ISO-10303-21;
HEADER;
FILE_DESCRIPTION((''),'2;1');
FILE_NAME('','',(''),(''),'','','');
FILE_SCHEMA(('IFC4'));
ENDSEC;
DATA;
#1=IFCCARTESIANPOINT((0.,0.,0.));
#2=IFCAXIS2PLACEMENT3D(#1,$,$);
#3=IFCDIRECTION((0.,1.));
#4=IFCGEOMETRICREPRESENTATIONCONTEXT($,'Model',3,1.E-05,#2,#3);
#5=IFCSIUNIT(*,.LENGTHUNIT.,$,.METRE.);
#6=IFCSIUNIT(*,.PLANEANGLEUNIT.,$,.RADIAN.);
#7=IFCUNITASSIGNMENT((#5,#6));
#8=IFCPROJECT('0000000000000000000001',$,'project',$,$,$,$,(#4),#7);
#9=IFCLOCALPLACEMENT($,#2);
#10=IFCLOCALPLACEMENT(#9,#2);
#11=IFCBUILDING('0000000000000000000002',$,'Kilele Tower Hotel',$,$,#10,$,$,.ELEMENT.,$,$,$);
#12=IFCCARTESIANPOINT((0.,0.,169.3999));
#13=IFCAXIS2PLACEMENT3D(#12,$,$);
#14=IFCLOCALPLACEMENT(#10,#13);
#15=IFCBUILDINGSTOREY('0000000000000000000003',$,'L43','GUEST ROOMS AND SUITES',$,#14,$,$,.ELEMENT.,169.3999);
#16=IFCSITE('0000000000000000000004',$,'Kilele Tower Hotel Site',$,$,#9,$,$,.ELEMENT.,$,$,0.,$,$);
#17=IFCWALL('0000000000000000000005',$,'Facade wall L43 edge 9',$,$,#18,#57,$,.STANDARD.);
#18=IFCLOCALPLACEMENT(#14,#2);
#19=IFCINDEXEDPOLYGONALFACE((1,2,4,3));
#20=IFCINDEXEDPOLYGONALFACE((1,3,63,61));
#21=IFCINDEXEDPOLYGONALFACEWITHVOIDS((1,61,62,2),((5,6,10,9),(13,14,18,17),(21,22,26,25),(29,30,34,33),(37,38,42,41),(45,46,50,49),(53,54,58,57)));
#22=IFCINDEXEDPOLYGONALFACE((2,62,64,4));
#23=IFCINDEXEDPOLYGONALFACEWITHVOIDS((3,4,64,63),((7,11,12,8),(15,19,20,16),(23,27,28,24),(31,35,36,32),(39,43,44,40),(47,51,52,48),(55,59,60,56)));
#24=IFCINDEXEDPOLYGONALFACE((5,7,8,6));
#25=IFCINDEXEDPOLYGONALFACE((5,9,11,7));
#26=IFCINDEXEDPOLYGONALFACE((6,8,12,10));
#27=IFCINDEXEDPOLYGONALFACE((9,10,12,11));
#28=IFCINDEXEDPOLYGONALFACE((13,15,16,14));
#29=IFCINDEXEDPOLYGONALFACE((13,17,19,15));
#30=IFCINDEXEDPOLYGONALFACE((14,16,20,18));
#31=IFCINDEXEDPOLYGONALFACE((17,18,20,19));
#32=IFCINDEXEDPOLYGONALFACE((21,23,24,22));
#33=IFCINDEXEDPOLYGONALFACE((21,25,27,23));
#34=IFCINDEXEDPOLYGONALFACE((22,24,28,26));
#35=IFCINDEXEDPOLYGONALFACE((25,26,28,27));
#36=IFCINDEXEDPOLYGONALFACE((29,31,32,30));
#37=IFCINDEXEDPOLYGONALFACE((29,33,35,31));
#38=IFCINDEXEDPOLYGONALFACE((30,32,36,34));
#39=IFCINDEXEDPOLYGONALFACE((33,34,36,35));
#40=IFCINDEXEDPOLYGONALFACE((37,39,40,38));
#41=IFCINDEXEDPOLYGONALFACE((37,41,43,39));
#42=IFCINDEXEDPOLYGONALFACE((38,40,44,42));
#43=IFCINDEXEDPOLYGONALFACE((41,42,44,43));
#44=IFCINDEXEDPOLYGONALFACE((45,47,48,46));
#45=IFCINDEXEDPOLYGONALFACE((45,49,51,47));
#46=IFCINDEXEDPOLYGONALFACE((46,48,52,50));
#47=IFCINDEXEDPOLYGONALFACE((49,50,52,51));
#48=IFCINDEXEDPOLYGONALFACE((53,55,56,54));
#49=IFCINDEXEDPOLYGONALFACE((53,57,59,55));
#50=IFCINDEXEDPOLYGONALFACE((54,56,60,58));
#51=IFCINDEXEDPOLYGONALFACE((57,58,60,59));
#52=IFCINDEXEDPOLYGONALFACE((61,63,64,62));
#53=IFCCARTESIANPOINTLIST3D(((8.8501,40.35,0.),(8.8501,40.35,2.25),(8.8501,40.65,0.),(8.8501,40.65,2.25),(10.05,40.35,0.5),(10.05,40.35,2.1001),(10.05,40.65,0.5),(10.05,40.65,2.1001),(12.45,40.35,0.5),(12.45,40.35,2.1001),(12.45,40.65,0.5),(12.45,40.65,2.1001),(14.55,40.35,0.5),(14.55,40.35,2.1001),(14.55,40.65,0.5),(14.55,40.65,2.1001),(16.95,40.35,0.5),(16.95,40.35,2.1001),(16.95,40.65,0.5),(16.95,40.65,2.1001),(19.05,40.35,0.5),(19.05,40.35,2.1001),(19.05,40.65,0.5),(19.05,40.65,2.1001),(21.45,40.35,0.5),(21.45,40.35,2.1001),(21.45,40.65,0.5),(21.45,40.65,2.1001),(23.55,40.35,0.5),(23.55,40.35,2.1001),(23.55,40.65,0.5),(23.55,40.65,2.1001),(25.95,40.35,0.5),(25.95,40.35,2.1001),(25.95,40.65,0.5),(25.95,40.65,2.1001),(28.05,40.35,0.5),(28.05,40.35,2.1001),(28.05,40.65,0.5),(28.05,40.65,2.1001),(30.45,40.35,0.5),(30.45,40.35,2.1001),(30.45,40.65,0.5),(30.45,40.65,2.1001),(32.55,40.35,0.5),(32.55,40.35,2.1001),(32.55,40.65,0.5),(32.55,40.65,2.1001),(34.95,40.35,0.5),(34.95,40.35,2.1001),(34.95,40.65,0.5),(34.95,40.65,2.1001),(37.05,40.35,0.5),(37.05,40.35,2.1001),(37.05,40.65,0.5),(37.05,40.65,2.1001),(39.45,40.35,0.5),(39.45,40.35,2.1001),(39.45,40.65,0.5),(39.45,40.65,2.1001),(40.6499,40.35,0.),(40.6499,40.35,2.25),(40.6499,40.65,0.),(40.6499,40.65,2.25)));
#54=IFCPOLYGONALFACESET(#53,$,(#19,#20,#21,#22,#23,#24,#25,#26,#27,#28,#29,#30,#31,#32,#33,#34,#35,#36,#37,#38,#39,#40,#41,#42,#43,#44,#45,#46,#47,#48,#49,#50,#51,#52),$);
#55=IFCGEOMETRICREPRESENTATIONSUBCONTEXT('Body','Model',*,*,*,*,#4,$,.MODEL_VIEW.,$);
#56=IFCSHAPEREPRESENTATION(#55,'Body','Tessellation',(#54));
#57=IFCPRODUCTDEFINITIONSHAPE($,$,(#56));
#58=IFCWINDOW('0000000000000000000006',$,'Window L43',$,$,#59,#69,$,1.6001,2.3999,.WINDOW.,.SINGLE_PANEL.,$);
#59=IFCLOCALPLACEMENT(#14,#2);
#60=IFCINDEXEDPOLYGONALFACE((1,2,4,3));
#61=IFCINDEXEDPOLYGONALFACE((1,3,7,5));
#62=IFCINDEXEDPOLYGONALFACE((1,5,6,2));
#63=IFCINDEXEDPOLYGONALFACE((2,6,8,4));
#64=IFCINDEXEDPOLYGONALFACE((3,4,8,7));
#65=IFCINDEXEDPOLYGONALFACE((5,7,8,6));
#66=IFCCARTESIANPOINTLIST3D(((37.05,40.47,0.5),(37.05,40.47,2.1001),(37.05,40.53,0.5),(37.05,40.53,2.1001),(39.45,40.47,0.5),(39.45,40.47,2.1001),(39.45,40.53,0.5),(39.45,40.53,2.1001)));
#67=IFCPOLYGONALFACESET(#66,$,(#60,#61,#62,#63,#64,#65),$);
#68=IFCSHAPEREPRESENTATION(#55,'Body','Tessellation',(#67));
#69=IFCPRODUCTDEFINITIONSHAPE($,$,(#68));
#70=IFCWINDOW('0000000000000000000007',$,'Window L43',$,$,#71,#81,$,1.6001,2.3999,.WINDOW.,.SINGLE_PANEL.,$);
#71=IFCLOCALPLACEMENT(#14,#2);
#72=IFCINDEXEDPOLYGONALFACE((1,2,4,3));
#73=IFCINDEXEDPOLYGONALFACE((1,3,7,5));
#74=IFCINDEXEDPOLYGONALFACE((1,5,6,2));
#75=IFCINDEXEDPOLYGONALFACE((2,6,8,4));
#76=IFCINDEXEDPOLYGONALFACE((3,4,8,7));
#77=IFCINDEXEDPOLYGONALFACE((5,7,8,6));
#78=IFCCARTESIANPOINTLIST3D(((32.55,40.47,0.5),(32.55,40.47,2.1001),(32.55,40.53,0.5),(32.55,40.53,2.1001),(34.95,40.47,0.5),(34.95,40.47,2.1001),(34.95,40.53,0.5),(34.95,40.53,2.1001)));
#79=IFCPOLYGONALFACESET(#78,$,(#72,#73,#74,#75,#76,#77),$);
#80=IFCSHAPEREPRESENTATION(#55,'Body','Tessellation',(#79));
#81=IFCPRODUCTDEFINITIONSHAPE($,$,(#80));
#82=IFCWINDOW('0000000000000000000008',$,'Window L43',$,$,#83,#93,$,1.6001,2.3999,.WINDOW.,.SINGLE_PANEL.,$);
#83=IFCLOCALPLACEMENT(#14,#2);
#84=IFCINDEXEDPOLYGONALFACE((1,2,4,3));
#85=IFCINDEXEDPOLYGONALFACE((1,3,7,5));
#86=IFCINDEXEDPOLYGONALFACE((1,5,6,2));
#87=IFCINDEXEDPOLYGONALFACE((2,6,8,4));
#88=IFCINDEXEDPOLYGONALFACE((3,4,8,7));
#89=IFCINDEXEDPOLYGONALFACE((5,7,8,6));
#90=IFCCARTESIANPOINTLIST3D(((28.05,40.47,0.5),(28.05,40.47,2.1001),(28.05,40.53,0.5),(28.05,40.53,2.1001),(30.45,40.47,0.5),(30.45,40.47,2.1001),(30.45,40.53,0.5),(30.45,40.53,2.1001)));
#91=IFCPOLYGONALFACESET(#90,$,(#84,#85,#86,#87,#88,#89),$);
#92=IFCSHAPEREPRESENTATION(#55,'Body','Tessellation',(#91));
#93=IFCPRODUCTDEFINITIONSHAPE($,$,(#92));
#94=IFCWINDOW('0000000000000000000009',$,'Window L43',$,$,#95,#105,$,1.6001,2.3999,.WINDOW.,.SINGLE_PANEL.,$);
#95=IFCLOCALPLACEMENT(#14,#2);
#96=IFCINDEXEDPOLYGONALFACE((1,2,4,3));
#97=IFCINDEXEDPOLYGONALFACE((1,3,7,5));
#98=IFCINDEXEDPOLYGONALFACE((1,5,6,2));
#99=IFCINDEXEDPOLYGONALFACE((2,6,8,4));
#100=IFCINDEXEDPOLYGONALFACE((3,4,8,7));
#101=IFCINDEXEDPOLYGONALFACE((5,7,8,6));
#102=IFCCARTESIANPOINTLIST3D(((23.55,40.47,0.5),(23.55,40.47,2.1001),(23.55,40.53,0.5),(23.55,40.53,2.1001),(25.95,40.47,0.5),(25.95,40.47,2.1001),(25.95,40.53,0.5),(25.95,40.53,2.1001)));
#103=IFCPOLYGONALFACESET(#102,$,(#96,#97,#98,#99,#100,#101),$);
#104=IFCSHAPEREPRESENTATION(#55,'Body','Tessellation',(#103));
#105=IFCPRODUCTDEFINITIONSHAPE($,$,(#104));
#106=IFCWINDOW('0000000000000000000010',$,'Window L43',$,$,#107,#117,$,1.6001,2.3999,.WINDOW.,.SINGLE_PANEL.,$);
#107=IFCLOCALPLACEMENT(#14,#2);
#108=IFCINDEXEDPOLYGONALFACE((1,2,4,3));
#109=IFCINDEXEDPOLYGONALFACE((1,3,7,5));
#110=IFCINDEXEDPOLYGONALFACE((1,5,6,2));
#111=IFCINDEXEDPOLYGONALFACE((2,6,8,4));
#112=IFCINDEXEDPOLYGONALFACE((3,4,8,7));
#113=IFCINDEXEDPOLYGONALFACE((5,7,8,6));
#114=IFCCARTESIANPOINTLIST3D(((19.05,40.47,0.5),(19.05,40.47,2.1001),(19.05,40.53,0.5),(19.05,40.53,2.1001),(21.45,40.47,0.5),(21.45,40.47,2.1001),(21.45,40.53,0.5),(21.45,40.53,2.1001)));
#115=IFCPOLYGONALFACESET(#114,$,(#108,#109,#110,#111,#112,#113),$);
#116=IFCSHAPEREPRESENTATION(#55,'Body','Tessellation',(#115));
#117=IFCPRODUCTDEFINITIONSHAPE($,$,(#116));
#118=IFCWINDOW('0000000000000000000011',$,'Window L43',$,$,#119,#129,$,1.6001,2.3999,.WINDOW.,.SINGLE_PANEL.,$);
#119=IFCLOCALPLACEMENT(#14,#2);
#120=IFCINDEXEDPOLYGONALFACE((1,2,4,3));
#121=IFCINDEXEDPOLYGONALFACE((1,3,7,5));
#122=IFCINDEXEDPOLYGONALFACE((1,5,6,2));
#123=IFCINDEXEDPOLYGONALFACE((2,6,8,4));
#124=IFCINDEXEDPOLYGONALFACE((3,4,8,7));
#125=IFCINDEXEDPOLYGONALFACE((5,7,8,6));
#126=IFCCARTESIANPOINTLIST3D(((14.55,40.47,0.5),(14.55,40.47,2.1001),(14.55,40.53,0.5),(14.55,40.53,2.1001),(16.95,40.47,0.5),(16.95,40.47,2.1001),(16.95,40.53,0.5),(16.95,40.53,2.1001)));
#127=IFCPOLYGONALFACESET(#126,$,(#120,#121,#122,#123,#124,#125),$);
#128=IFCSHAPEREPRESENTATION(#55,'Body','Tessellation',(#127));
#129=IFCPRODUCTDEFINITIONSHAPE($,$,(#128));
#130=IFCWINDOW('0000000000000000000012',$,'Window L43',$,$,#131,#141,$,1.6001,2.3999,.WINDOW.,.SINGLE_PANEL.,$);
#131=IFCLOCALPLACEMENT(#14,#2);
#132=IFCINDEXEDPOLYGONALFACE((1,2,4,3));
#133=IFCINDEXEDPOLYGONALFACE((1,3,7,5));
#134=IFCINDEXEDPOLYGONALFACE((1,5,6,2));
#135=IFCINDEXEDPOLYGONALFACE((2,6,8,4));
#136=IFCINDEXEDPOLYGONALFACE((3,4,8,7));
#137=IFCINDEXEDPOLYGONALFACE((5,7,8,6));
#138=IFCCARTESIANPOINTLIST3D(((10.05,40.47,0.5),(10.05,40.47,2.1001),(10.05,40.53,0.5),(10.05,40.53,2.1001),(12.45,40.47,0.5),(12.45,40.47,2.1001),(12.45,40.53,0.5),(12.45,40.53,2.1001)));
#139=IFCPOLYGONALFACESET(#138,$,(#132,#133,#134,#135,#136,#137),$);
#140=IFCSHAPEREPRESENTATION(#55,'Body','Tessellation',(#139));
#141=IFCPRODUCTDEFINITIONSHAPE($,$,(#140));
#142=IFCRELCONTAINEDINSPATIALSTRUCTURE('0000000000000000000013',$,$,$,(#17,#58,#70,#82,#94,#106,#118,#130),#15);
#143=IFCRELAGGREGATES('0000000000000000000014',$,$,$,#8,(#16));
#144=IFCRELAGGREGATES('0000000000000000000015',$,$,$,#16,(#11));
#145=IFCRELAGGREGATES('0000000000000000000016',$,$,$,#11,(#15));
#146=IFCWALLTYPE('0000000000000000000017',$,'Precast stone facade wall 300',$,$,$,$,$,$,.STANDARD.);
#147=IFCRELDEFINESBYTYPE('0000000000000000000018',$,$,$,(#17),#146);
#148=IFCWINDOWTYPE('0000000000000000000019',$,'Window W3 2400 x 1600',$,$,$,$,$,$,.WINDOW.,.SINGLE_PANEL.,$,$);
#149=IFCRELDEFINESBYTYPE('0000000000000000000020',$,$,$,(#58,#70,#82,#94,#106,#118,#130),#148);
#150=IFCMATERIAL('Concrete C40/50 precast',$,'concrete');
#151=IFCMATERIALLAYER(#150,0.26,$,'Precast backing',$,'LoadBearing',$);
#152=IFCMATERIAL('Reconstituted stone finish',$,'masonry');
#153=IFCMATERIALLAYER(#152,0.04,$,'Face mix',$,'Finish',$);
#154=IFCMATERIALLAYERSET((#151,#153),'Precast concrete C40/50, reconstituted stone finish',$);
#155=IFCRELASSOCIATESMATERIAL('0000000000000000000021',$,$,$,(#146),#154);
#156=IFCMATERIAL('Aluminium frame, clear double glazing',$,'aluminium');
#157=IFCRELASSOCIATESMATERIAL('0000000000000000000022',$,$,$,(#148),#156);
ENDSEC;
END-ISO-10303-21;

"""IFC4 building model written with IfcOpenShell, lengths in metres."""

from ifc_helpers import new_model, si_unit, direction, frame, frame_2d, origin, place, context, subcontext, project, spatial, rectangle, extrude, material, layer, layer_set, type_object, element, fill, save


model = new_model("IFC4")

# Units and contexts
model_context = context("Model", 3, precision=1e-05, world=origin(), true_north=direction((0.0, 1.0)))
body_context = subcontext(model_context, "Body", "Model", "MODEL_VIEW")
ifc_project = project(units=[si_unit("LENGTHUNIT", "METRE"), si_unit("PLANEANGLEUNIT", "RADIAN")], contexts=[model_context])

# Site, building, storey
site_placement = place(None, origin())
site = spatial("IfcSite", under=ifc_project, at=site_placement, Name="Kilele Tower Hotel Site", CompositionType="ELEMENT", RefElevation=0.0)
building_placement = place(site_placement, origin())
building = spatial("IfcBuilding", under=site, at=building_placement, Name="Kilele Tower Hotel", CompositionType="ELEMENT")
storey_placement = place(building_placement, frame((0.0, 0.0, 169.3999)))
storey = spatial("IfcBuildingStorey", under=building, at=storey_placement, Name="L43", Description="GUEST ROOMS AND SUITES", CompositionType="ELEMENT", Elevation=169.3999)

# Shared definitions
ifc_material_1 = material(Name="Concrete C40/50 precast", Category="concrete")
ifc_layer_1 = layer(ifc_material_1, 0.26, Name="Precast backing", Category="LoadBearing")
ifc_material_2 = material(Name="Reconstituted stone finish", Category="masonry")
ifc_layer_2 = layer(ifc_material_2, 0.04, Name="Face mix", Category="Finish")
ifc_layer_set_1 = layer_set([ifc_layer_1, ifc_layer_2], Name="Precast concrete C40/50, reconstituted stone finish")
wall_type_1 = type_object("IfcWallType", Name="Precast stone facade wall 300", PredefinedType="STANDARD", material=ifc_layer_set_1)
ifc_material_3 = material(Name="Aluminium frame, clear double glazing", Category="aluminium")
window_type = type_object("IfcWindowType", Name="Window W3 2400 x 1600", PartitioningType="SINGLE_PANEL", PredefinedType="WINDOW", material=ifc_material_3)

# Wall, openings, windows
wall_1_placement = place(storey_placement, frame((40.6499, 40.5, 0.0), z_axis=(0.0, 0.0, 1.0), x_axis=(-1.0, 0.0, 0.0)))
wall_1 = element("IfcWall", 1, at=wall_1_placement, inside=storey, type_object=wall_type_1, Name="Facade wall L43 edge 9", PredefinedType="STANDARD", context=body_context, shape_type="SweptSolid", body=[
    extrude(rectangle(XDim=31.7998, YDim=0.3, at=frame_2d((15.8999, 0.0))), origin(), (0.0, 0.0, 1.0), 2.25),
])
opening_1_placement = place(wall_1_placement, frame((1.2, 0.0, 0.5)))
opening_1 = element("IfcOpeningElement", 2, at=opening_1_placement, cuts=wall_1, PredefinedType="OPENING", context=body_context, shape_type="SweptSolid", body=[
    extrude(rectangle(XDim=2.3999, YDim=1.6001, at=frame_2d((1.2, 0.8))), frame((0.0, 0.1599, 0.0), z_axis=(0.0, -1.0, 0.0), x_axis=(1.0, 0.0, 0.0)), (0.0, 0.0, 1.0), 0.3201),
])
opening_2_placement = place(wall_1_placement, frame((5.7, 0.0, 0.5)))
opening_2 = element("IfcOpeningElement", 3, at=opening_2_placement, cuts=wall_1, PredefinedType="OPENING", context=body_context, shape_type="SweptSolid", body=[
    extrude(rectangle(XDim=2.3999, YDim=1.6001, at=frame_2d((1.2, 0.8))), frame((0.0, 0.1599, 0.0), z_axis=(0.0, -1.0, 0.0), x_axis=(1.0, 0.0, 0.0)), (0.0, 0.0, 1.0), 0.3201),
])
opening_3_placement = place(wall_1_placement, frame((10.2, 0.0, 0.5)))
opening_3 = element("IfcOpeningElement", 4, at=opening_3_placement, cuts=wall_1, PredefinedType="OPENING", context=body_context, shape_type="SweptSolid", body=[
    extrude(rectangle(XDim=2.3999, YDim=1.6001, at=frame_2d((1.2, 0.8))), frame((0.0, 0.1599, 0.0), z_axis=(0.0, -1.0, 0.0), x_axis=(1.0, 0.0, 0.0)), (0.0, 0.0, 1.0), 0.3201),
])
opening_4_placement = place(wall_1_placement, frame((14.7, 0.0, 0.5)))
opening_4 = element("IfcOpeningElement", 5, at=opening_4_placement, cuts=wall_1, PredefinedType="OPENING", context=body_context, shape_type="SweptSolid", body=[
    extrude(rectangle(XDim=2.3999, YDim=1.6001, at=frame_2d((1.2, 0.8))), frame((0.0, 0.1599, 0.0), z_axis=(0.0, -1.0, 0.0), x_axis=(1.0, 0.0, 0.0)), (0.0, 0.0, 1.0), 0.3201),
])
opening_5_placement = place(wall_1_placement, frame((19.2, 0.0, 0.5)))
opening_5 = element("IfcOpeningElement", 6, at=opening_5_placement, cuts=wall_1, PredefinedType="OPENING", context=body_context, shape_type="SweptSolid", body=[
    extrude(rectangle(XDim=2.3999, YDim=1.6001, at=frame_2d((1.2, 0.8))), frame((0.0, 0.1599, 0.0), z_axis=(0.0, -1.0, 0.0), x_axis=(1.0, 0.0, 0.0)), (0.0, 0.0, 1.0), 0.3201),
])
opening_6_placement = place(wall_1_placement, frame((23.7, 0.0, 0.5)))
opening_6 = element("IfcOpeningElement", 7, at=opening_6_placement, cuts=wall_1, PredefinedType="OPENING", context=body_context, shape_type="SweptSolid", body=[
    extrude(rectangle(XDim=2.3999, YDim=1.6001, at=frame_2d((1.2, 0.8))), frame((0.0, 0.1599, 0.0), z_axis=(0.0, -1.0, 0.0), x_axis=(1.0, 0.0, 0.0)), (0.0, 0.0, 1.0), 0.3201),
])
opening_7_placement = place(wall_1_placement, frame((28.2, 0.0, 0.5)))
opening_7 = element("IfcOpeningElement", 8, at=opening_7_placement, cuts=wall_1, PredefinedType="OPENING", context=body_context, shape_type="SweptSolid", body=[
    extrude(rectangle(XDim=2.3999, YDim=1.6001, at=frame_2d((1.2, 0.8))), frame((0.0, 0.1599, 0.0), z_axis=(0.0, -1.0, 0.0), x_axis=(1.0, 0.0, 0.0)), (0.0, 0.0, 1.0), 0.3201),
])
window_1_placement = place(opening_1_placement, origin())
window_1 = element("IfcWindow", 9, at=window_1_placement, inside=storey, type_object=window_type, Name="Window L43", OverallHeight=1.6001, OverallWidth=2.3999, PartitioningType="SINGLE_PANEL", PredefinedType="WINDOW", context=body_context, shape_type="SweptSolid", body=[
    extrude(rectangle(XDim=2.3999, YDim=1.6001, at=frame_2d((1.2, 0.8))), frame((0.0, 0.03, 0.0), z_axis=(0.0, -1.0, 0.0), x_axis=(1.0, 0.0, 0.0)), (0.0, 0.0, 1.0), 0.0601),
])
fill(opening_1, window_1)
window_2_placement = place(opening_2_placement, origin())
window_2 = element("IfcWindow", 10, at=window_2_placement, inside=storey, type_object=window_type, Name="Window L43", OverallHeight=1.6001, OverallWidth=2.3999, PartitioningType="SINGLE_PANEL", PredefinedType="WINDOW", context=body_context, shape_type="SweptSolid", body=[
    extrude(rectangle(XDim=2.3999, YDim=1.6001, at=frame_2d((1.2, 0.8))), frame((0.0, 0.03, 0.0), z_axis=(0.0, -1.0, 0.0), x_axis=(1.0, 0.0, 0.0)), (0.0, 0.0, 1.0), 0.0601),
])
fill(opening_2, window_2)
window_3_placement = place(opening_3_placement, origin())
window_3 = element("IfcWindow", 11, at=window_3_placement, inside=storey, type_object=window_type, Name="Window L43", OverallHeight=1.6001, OverallWidth=2.3999, PartitioningType="SINGLE_PANEL", PredefinedType="WINDOW", context=body_context, shape_type="SweptSolid", body=[
    extrude(rectangle(XDim=2.3999, YDim=1.6001, at=frame_2d((1.2, 0.8))), frame((0.0, 0.03, 0.0), z_axis=(0.0, -1.0, 0.0), x_axis=(1.0, 0.0, 0.0)), (0.0, 0.0, 1.0), 0.0601),
])
fill(opening_3, window_3)
window_4_placement = place(opening_4_placement, origin())
window_4 = element("IfcWindow", 12, at=window_4_placement, inside=storey, type_object=window_type, Name="Window L43", OverallHeight=1.6001, OverallWidth=2.3999, PartitioningType="SINGLE_PANEL", PredefinedType="WINDOW", context=body_context, shape_type="SweptSolid", body=[
    extrude(rectangle(XDim=2.3999, YDim=1.6001, at=frame_2d((1.2, 0.8))), frame((0.0, 0.03, 0.0), z_axis=(0.0, -1.0, 0.0), x_axis=(1.0, 0.0, 0.0)), (0.0, 0.0, 1.0), 0.0601),
])
fill(opening_4, window_4)
window_5_placement = place(opening_5_placement, origin())
window_5 = element("IfcWindow", 13, at=window_5_placement, inside=storey, type_object=window_type, Name="Window L43", OverallHeight=1.6001, OverallWidth=2.3999, PartitioningType="SINGLE_PANEL", PredefinedType="WINDOW", context=body_context, shape_type="SweptSolid", body=[
    extrude(rectangle(XDim=2.3999, YDim=1.6001, at=frame_2d((1.2, 0.8))), frame((0.0, 0.03, 0.0), z_axis=(0.0, -1.0, 0.0), x_axis=(1.0, 0.0, 0.0)), (0.0, 0.0, 1.0), 0.0601),
])
fill(opening_5, window_5)
window_6_placement = place(opening_6_placement, origin())
window_6 = element("IfcWindow", 14, at=window_6_placement, inside=storey, type_object=window_type, Name="Window L43", OverallHeight=1.6001, OverallWidth=2.3999, PartitioningType="SINGLE_PANEL", PredefinedType="WINDOW", context=body_context, shape_type="SweptSolid", body=[
    extrude(rectangle(XDim=2.3999, YDim=1.6001, at=frame_2d((1.2, 0.8))), frame((0.0, 0.03, 0.0), z_axis=(0.0, -1.0, 0.0), x_axis=(1.0, 0.0, 0.0)), (0.0, 0.0, 1.0), 0.0601),
])
fill(opening_6, window_6)
window_7_placement = place(opening_7_placement, origin())
window_7 = element("IfcWindow", 15, at=window_7_placement, inside=storey, type_object=window_type, Name="Window L43", OverallHeight=1.6001, OverallWidth=2.3999, PartitioningType="SINGLE_PANEL", PredefinedType="WINDOW", context=body_context, shape_type="SweptSolid", body=[
    extrude(rectangle(XDim=2.3999, YDim=1.6001, at=frame_2d((1.2, 0.8))), frame((0.0, 0.03, 0.0), z_axis=(0.0, -1.0, 0.0), x_axis=(1.0, 0.0, 0.0)), (0.0, 0.0, 1.0), 0.0601),
])
fill(opening_7, window_7)

save(model, "model.ifc")
